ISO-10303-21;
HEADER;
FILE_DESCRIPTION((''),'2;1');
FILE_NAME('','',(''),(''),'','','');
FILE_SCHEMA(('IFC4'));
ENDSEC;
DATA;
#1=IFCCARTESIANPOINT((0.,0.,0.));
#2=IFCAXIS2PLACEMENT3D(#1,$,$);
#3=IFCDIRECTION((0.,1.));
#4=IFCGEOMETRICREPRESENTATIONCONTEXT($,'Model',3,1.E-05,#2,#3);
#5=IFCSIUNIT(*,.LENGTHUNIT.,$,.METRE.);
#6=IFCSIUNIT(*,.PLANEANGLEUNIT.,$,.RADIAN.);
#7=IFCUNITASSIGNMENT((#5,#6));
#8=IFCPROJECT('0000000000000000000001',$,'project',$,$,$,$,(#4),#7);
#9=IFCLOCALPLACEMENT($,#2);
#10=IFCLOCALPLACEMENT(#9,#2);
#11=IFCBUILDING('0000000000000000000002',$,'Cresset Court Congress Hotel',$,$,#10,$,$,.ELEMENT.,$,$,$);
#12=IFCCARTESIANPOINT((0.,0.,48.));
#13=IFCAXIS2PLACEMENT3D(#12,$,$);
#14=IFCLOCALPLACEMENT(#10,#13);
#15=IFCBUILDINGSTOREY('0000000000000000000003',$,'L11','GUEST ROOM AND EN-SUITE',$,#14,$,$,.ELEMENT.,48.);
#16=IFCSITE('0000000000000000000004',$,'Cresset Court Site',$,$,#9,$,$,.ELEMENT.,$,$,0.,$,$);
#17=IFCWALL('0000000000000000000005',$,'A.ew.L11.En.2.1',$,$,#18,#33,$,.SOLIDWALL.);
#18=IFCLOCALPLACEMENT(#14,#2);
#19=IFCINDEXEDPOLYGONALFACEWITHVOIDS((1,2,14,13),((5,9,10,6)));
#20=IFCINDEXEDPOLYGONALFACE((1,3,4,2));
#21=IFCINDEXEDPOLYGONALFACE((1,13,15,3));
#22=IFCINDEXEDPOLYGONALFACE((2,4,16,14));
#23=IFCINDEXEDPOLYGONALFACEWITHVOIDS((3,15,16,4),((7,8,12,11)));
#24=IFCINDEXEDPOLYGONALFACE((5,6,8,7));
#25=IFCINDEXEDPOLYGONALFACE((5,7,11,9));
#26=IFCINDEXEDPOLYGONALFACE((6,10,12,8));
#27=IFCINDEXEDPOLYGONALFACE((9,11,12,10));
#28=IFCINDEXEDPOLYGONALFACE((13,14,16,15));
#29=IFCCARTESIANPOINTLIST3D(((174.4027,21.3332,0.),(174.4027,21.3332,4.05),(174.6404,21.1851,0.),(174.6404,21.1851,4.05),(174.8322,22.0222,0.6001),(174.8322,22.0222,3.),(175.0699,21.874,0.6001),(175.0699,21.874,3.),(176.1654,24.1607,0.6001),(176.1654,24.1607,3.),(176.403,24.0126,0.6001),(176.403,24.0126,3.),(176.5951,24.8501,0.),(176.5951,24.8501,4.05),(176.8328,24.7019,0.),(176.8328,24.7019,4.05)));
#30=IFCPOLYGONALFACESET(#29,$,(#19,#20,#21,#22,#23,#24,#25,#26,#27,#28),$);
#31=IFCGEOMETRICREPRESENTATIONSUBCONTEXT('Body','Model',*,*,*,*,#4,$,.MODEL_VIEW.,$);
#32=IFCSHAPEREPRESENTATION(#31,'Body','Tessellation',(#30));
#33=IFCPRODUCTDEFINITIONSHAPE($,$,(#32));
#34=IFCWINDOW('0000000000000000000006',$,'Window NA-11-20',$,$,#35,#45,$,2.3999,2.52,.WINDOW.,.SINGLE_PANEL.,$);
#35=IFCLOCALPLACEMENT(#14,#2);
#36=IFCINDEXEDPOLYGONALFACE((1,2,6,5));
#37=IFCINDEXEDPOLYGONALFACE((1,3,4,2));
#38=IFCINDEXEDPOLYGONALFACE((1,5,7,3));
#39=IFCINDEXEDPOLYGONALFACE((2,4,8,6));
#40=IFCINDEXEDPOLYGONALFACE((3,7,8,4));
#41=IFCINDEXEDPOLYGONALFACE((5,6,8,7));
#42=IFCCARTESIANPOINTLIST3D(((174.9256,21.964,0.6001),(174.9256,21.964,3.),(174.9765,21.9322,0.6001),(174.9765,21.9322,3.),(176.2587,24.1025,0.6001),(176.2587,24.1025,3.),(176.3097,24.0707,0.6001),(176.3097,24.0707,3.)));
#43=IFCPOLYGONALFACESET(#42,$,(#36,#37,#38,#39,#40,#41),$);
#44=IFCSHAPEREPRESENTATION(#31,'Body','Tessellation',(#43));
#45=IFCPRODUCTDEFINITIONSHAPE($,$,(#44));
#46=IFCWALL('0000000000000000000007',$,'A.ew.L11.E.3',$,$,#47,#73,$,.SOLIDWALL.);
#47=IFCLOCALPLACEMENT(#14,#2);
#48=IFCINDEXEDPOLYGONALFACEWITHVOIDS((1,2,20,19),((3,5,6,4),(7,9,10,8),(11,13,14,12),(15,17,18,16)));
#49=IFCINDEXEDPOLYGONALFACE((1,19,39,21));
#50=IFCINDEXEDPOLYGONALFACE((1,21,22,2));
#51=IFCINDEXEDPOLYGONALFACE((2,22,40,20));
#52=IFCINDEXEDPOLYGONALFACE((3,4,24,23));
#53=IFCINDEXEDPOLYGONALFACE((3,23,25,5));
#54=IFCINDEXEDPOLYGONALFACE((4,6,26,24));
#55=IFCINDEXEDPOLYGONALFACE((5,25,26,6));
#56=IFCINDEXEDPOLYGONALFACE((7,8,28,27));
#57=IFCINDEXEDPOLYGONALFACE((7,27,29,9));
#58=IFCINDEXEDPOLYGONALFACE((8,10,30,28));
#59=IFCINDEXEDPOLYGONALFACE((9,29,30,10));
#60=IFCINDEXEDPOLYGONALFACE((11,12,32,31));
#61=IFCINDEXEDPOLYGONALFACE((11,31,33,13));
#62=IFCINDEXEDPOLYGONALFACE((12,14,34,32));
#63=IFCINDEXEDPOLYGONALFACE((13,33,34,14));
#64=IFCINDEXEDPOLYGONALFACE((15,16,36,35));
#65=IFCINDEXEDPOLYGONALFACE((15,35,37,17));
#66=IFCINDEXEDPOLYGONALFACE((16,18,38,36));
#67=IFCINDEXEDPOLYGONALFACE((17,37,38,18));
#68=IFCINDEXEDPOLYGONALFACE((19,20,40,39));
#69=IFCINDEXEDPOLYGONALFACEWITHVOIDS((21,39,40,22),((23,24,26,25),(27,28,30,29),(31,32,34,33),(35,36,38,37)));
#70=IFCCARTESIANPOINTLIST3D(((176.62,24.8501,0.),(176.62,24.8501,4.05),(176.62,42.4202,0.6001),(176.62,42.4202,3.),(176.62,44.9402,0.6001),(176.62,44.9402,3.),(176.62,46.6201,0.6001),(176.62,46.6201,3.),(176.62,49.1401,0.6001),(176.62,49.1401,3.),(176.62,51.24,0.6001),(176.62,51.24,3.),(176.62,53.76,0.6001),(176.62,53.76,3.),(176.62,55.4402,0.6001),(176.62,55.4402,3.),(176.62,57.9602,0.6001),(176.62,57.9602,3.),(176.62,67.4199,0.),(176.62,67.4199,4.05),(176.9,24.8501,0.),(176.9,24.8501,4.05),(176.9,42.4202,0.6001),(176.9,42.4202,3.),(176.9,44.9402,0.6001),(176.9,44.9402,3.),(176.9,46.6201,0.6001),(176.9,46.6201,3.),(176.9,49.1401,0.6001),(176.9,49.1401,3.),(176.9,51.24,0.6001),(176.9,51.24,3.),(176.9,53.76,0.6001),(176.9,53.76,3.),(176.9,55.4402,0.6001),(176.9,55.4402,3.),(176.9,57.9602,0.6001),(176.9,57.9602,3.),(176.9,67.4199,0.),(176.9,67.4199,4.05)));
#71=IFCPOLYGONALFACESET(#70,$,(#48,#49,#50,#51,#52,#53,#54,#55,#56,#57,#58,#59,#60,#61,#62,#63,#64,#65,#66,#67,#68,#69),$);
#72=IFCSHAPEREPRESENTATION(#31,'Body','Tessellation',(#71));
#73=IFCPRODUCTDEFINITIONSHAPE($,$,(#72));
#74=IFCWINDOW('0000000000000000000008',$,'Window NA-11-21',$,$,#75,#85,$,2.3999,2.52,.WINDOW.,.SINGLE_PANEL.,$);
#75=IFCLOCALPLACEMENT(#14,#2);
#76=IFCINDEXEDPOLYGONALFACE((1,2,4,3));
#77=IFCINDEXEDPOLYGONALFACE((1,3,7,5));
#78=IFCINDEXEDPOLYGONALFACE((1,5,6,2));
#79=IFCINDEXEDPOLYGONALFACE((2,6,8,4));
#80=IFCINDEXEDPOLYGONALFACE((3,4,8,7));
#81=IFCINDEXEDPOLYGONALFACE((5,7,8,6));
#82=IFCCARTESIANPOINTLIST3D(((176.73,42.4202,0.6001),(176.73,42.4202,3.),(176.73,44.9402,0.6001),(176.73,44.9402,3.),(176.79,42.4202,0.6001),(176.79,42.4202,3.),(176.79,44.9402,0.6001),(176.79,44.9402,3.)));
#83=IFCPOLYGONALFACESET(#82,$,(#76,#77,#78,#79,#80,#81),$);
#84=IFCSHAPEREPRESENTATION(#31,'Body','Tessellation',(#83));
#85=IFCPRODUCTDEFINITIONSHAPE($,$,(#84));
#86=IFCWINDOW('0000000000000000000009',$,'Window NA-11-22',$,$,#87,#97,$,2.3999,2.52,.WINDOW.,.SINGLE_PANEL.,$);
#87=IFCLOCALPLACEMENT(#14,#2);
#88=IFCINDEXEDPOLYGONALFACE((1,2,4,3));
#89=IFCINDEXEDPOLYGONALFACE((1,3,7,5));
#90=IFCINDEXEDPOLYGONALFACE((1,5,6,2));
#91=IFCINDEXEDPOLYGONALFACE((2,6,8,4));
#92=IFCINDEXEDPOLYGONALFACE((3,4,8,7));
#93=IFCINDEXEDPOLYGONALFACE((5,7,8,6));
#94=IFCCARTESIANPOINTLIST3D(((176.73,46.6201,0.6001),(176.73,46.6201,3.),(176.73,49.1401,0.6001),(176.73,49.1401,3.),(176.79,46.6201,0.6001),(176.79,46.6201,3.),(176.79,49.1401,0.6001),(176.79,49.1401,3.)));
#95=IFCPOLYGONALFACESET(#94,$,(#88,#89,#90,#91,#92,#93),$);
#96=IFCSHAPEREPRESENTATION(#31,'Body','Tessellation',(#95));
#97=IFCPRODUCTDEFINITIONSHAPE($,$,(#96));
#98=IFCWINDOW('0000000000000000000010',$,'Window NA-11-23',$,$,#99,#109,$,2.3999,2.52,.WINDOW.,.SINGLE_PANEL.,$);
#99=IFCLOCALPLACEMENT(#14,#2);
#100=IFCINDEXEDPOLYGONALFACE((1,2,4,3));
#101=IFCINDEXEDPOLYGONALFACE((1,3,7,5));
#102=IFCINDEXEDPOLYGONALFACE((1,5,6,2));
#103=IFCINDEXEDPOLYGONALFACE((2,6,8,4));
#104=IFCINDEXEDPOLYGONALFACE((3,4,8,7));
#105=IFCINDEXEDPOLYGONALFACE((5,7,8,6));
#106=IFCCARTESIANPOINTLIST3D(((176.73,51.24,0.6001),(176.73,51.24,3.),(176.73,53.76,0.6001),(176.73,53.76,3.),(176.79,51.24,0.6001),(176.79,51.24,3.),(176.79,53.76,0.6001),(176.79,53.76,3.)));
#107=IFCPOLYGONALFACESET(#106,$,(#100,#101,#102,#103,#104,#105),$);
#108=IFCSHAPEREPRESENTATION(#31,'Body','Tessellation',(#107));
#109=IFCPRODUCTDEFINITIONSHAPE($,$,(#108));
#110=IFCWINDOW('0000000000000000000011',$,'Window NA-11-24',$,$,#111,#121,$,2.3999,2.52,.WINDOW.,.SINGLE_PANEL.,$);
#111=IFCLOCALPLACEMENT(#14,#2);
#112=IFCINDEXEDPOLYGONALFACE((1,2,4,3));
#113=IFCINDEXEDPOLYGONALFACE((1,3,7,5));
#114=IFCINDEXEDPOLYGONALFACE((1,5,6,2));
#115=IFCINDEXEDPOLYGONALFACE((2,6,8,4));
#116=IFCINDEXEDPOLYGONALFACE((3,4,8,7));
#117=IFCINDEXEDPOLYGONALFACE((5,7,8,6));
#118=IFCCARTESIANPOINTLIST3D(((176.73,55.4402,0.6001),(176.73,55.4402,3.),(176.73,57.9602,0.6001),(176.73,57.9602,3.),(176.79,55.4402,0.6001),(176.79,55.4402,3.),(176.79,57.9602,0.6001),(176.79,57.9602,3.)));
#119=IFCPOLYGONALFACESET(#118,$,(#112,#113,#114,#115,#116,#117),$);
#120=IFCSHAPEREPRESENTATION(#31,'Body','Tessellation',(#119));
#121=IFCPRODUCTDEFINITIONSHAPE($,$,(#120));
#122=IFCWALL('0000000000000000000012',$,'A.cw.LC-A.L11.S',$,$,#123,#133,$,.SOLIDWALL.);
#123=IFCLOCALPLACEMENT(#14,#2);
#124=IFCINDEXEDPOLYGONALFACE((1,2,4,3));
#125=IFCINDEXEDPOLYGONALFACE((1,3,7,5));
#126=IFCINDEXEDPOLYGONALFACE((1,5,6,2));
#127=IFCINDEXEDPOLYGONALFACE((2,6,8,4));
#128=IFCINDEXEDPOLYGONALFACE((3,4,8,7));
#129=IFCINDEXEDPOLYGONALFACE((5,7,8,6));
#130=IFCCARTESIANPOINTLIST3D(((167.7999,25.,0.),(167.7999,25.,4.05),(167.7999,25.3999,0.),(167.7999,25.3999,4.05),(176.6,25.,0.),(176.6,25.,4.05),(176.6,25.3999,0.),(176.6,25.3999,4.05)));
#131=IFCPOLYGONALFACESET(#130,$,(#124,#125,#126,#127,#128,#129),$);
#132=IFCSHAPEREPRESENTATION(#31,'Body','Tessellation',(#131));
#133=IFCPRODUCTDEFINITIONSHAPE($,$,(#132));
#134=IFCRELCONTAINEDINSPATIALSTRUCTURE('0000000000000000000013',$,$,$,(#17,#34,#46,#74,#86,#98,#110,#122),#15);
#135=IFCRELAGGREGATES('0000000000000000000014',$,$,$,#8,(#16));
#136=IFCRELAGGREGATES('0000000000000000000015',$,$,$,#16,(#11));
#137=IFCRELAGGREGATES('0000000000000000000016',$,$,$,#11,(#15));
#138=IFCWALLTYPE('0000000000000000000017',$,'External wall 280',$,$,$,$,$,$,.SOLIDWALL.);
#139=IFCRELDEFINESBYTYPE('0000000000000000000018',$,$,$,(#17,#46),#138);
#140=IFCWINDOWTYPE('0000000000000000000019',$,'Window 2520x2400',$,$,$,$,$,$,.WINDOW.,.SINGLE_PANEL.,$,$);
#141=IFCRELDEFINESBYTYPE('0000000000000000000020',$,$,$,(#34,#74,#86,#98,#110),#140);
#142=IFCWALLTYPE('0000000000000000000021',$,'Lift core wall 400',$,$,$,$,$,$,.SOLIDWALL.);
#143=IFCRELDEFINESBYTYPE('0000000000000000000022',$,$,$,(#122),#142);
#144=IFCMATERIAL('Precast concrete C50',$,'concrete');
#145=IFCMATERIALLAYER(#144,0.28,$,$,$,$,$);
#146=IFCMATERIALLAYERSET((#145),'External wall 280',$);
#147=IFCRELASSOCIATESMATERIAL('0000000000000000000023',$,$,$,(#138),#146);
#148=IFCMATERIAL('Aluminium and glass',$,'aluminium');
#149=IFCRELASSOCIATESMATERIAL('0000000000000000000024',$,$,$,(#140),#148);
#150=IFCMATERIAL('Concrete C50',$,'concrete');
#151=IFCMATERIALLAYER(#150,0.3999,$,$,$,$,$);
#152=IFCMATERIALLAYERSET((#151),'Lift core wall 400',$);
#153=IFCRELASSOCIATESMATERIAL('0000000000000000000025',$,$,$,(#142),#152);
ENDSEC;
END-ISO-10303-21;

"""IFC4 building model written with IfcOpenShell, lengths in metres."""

from ifc_helpers import new_model, si_unit, direction, frame, frame_2d, origin, place, context, subcontext, project, spatial, rectangle, extrude, material, layer, layer_set, type_object, element, fill, save


model = new_model("IFC4")

# Units and contexts
model_context = context("Model", 3, precision=1e-05, world=origin(), true_north=direction((0.0, 1.0)))
body_context = subcontext(model_context, "Body", "Model", "MODEL_VIEW")
ifc_project = project(units=[si_unit("LENGTHUNIT", "METRE"), si_unit("PLANEANGLEUNIT", "RADIAN")], contexts=[model_context])

# Site, building, storey
site_placement = place(None, origin())
site = spatial("IfcSite", under=ifc_project, at=site_placement, Name="Cresset Court Site", CompositionType="ELEMENT", RefElevation=0.0)
building_placement = place(site_placement, origin())
building = spatial("IfcBuilding", under=site, at=building_placement, Name="Cresset Court Congress Hotel", CompositionType="ELEMENT")
storey_placement = place(building_placement, frame((0.0, 0.0, 48.0)))
storey = spatial("IfcBuildingStorey", under=building, at=storey_placement, Name="L11", Description="GUEST ROOM AND EN-SUITE", CompositionType="ELEMENT", Elevation=48.0)

# Wall, opening, window
ifc_material_1 = material(Name="Precast concrete C50", Category="concrete")
ifc_layer_1 = layer(ifc_material_1, 0.28)
ifc_layer_set_1 = layer_set([ifc_layer_1], Name="External wall 280")
wall_type_1 = type_object("IfcWallType", Name="External wall 280", PredefinedType="SOLIDWALL", material=ifc_layer_set_1)
wall_1_placement = place(storey_placement, frame((174.5215, 21.259, 0.0), z_axis=(0.0, 0.0, 1.0), x_axis=(0.529019, 0.84861, 0.0)))
wall_1 = element("IfcWall", 1, at=wall_1_placement, inside=storey, type_object=wall_type_1, Name="A.ew.L11.En.2.1", PredefinedType="SOLIDWALL", context=body_context, shape_type="SweptSolid", body=[
    extrude(rectangle(XDim=4.1443, YDim=0.28, at=frame_2d((2.0723, 0.0))), origin(), (0.0, 0.0, 1.0), 4.05),
])
opening_1_placement = place(wall_1_placement, frame((0.812, 0.0, 0.6001)))
opening_1 = element("IfcOpeningElement", 2, at=opening_1_placement, cuts=wall_1, PredefinedType="OPENING", context=body_context, shape_type="SweptSolid", body=[
    extrude(rectangle(XDim=2.52, YDim=2.3999, at=frame_2d((1.26, 1.2))), frame((0.0, 0.1499, 0.0), z_axis=(0.0, -1.0, 0.0), x_axis=(1.0, 0.0, 0.0)), (0.0, 0.0, 1.0), 0.3),
])
ifc_material_2 = material(Name="Aluminium and glass", Category="aluminium")
window_type = type_object("IfcWindowType", Name="Window 2520x2400", PartitioningType="SINGLE_PANEL", PredefinedType="WINDOW", material=ifc_material_2)
window_1_placement = place(opening_1_placement, origin())
window_1 = element("IfcWindow", 3, at=window_1_placement, inside=storey, type_object=window_type, Name="Window NA-11-20", OverallHeight=2.3999, OverallWidth=2.52, PartitioningType="SINGLE_PANEL", PredefinedType="WINDOW", context=body_context, shape_type="SweptSolid", body=[
    extrude(rectangle(XDim=2.52, YDim=2.3999, at=frame_2d((1.26, 1.2))), frame((0.0, 0.03, 0.0), z_axis=(0.0, -1.0, 0.0), x_axis=(1.0, 0.0, 0.0)), (0.0, 0.0, 1.0), 0.0601),
])
fill(opening_1, window_1)

# Wall, openings, windows
wall_2_placement = place(storey_placement, frame((176.76, 24.8501, 0.0), z_axis=(0.0, 0.0, 1.0), x_axis=(0.0, 1.0, 0.0)))
wall_2 = element("IfcWall", 4, at=wall_2_placement, inside=storey, type_object=wall_type_1, Name="A.ew.L11.E.3", PredefinedType="SOLIDWALL", context=body_context, shape_type="SweptSolid", body=[
    extrude(rectangle(XDim=42.5698, YDim=0.28, at=frame_2d((21.2849, 0.0))), origin(), (0.0, 0.0, 1.0), 4.05),
])
opening_2_placement = place(wall_2_placement, frame((17.5701, 0.0, 0.6001)))
opening_2 = element("IfcOpeningElement", 5, at=opening_2_placement, cuts=wall_2, PredefinedType="OPENING", context=body_context, shape_type="SweptSolid", body=[
    extrude(rectangle(XDim=2.52, YDim=2.3999, at=frame_2d((1.26, 1.2))), frame((0.0, 0.1499, 0.0), z_axis=(0.0, -1.0, 0.0), x_axis=(1.0, 0.0, 0.0)), (0.0, 0.0, 1.0), 0.3),
])
opening_3_placement = place(wall_2_placement, frame((21.77, 0.0, 0.6001)))
opening_3 = element("IfcOpeningElement", 6, at=opening_3_placement, cuts=wall_2, PredefinedType="OPENING", context=body_context, shape_type="SweptSolid", body=[
    extrude(rectangle(XDim=2.52, YDim=2.3999, at=frame_2d((1.26, 1.2))), frame((0.0, 0.1499, 0.0), z_axis=(0.0, -1.0, 0.0), x_axis=(1.0, 0.0, 0.0)), (0.0, 0.0, 1.0), 0.3),
])
opening_4_placement = place(wall_2_placement, frame((26.3899, 0.0, 0.6001)))
opening_4 = element("IfcOpeningElement", 7, at=opening_4_placement, cuts=wall_2, PredefinedType="OPENING", context=body_context, shape_type="SweptSolid", body=[
    extrude(rectangle(XDim=2.52, YDim=2.3999, at=frame_2d((1.26, 1.2))), frame((0.0, 0.1499, 0.0), z_axis=(0.0, -1.0, 0.0), x_axis=(1.0, 0.0, 0.0)), (0.0, 0.0, 1.0), 0.3),
])
opening_5_placement = place(wall_2_placement, frame((30.5901, 0.0, 0.6001)))
opening_5 = element("IfcOpeningElement", 8, at=opening_5_placement, cuts=wall_2, PredefinedType="OPENING", context=body_context, shape_type="SweptSolid", body=[
    extrude(rectangle(XDim=2.52, YDim=2.3999, at=frame_2d((1.26, 1.2))), frame((0.0, 0.1499, 0.0), z_axis=(0.0, -1.0, 0.0), x_axis=(1.0, 0.0, 0.0)), (0.0, 0.0, 1.0), 0.3),
])
window_2_placement = place(opening_2_placement, origin())
window_2 = element("IfcWindow", 9, at=window_2_placement, inside=storey, type_object=window_type, Name="Window NA-11-21", OverallHeight=2.3999, OverallWidth=2.52, PartitioningType="SINGLE_PANEL", PredefinedType="WINDOW", context=body_context, shape_type="SweptSolid", body=[
    extrude(rectangle(XDim=2.52, YDim=2.3999, at=frame_2d((1.26, 1.2))), frame((0.0, 0.03, 0.0), z_axis=(0.0, -1.0, 0.0), x_axis=(1.0, 0.0, 0.0)), (0.0, 0.0, 1.0), 0.0601),
])
fill(opening_2, window_2)
window_3_placement = place(opening_3_placement, origin())
window_3 = element("IfcWindow", 10, at=window_3_placement, inside=storey, type_object=window_type, Name="Window NA-11-22", OverallHeight=2.3999, OverallWidth=2.52, PartitioningType="SINGLE_PANEL", PredefinedType="WINDOW", context=body_context, shape_type="SweptSolid", body=[
    extrude(rectangle(XDim=2.52, YDim=2.3999, at=frame_2d((1.26, 1.2))), frame((0.0, 0.03, 0.0), z_axis=(0.0, -1.0, 0.0), x_axis=(1.0, 0.0, 0.0)), (0.0, 0.0, 1.0), 0.0601),
])
fill(opening_3, window_3)
window_4_placement = place(opening_4_placement, origin())
window_4 = element("IfcWindow", 11, at=window_4_placement, inside=storey, type_object=window_type, Name="Window NA-11-23", OverallHeight=2.3999, OverallWidth=2.52, PartitioningType="SINGLE_PANEL", PredefinedType="WINDOW", context=body_context, shape_type="SweptSolid", body=[
    extrude(rectangle(XDim=2.52, YDim=2.3999, at=frame_2d((1.26, 1.2))), frame((0.0, 0.03, 0.0), z_axis=(0.0, -1.0, 0.0), x_axis=(1.0, 0.0, 0.0)), (0.0, 0.0, 1.0), 0.0601),
])
fill(opening_4, window_4)
window_5_placement = place(opening_5_placement, origin())
window_5 = element("IfcWindow", 12, at=window_5_placement, inside=storey, type_object=window_type, Name="Window NA-11-24", OverallHeight=2.3999, OverallWidth=2.52, PartitioningType="SINGLE_PANEL", PredefinedType="WINDOW", context=body_context, shape_type="SweptSolid", body=[
    extrude(rectangle(XDim=2.52, YDim=2.3999, at=frame_2d((1.26, 1.2))), frame((0.0, 0.03, 0.0), z_axis=(0.0, -1.0, 0.0), x_axis=(1.0, 0.0, 0.0)), (0.0, 0.0, 1.0), 0.0601),
])
fill(opening_5, window_5)

# Wall
ifc_material_3 = material(Name="Concrete C50", Category="concrete")
ifc_layer_2 = layer(ifc_material_3, 0.3999)
ifc_layer_set_2 = layer_set([ifc_layer_2], Name="Lift core wall 400")
wall_type_2 = type_object("IfcWallType", Name="Lift core wall 400", PredefinedType="SOLIDWALL", material=ifc_layer_set_2)
wall_3_placement = place(storey_placement, frame((167.8, 25.2, 0.0), z_axis=(0.0, 0.0, 1.0), x_axis=(1.0, 0.0, 0.0)))
element("IfcWall", 13, at=wall_3_placement, inside=storey, type_object=wall_type_2, Name="A.cw.LC-A.L11.S", PredefinedType="SOLIDWALL", context=body_context, shape_type="SweptSolid", body=[
    extrude(rectangle(XDim=8.8, YDim=0.3999, at=frame_2d((4.3999, 0.0))), origin(), (0.0, 0.0, 1.0), 4.05),
])

save(model, "model.ifc")
